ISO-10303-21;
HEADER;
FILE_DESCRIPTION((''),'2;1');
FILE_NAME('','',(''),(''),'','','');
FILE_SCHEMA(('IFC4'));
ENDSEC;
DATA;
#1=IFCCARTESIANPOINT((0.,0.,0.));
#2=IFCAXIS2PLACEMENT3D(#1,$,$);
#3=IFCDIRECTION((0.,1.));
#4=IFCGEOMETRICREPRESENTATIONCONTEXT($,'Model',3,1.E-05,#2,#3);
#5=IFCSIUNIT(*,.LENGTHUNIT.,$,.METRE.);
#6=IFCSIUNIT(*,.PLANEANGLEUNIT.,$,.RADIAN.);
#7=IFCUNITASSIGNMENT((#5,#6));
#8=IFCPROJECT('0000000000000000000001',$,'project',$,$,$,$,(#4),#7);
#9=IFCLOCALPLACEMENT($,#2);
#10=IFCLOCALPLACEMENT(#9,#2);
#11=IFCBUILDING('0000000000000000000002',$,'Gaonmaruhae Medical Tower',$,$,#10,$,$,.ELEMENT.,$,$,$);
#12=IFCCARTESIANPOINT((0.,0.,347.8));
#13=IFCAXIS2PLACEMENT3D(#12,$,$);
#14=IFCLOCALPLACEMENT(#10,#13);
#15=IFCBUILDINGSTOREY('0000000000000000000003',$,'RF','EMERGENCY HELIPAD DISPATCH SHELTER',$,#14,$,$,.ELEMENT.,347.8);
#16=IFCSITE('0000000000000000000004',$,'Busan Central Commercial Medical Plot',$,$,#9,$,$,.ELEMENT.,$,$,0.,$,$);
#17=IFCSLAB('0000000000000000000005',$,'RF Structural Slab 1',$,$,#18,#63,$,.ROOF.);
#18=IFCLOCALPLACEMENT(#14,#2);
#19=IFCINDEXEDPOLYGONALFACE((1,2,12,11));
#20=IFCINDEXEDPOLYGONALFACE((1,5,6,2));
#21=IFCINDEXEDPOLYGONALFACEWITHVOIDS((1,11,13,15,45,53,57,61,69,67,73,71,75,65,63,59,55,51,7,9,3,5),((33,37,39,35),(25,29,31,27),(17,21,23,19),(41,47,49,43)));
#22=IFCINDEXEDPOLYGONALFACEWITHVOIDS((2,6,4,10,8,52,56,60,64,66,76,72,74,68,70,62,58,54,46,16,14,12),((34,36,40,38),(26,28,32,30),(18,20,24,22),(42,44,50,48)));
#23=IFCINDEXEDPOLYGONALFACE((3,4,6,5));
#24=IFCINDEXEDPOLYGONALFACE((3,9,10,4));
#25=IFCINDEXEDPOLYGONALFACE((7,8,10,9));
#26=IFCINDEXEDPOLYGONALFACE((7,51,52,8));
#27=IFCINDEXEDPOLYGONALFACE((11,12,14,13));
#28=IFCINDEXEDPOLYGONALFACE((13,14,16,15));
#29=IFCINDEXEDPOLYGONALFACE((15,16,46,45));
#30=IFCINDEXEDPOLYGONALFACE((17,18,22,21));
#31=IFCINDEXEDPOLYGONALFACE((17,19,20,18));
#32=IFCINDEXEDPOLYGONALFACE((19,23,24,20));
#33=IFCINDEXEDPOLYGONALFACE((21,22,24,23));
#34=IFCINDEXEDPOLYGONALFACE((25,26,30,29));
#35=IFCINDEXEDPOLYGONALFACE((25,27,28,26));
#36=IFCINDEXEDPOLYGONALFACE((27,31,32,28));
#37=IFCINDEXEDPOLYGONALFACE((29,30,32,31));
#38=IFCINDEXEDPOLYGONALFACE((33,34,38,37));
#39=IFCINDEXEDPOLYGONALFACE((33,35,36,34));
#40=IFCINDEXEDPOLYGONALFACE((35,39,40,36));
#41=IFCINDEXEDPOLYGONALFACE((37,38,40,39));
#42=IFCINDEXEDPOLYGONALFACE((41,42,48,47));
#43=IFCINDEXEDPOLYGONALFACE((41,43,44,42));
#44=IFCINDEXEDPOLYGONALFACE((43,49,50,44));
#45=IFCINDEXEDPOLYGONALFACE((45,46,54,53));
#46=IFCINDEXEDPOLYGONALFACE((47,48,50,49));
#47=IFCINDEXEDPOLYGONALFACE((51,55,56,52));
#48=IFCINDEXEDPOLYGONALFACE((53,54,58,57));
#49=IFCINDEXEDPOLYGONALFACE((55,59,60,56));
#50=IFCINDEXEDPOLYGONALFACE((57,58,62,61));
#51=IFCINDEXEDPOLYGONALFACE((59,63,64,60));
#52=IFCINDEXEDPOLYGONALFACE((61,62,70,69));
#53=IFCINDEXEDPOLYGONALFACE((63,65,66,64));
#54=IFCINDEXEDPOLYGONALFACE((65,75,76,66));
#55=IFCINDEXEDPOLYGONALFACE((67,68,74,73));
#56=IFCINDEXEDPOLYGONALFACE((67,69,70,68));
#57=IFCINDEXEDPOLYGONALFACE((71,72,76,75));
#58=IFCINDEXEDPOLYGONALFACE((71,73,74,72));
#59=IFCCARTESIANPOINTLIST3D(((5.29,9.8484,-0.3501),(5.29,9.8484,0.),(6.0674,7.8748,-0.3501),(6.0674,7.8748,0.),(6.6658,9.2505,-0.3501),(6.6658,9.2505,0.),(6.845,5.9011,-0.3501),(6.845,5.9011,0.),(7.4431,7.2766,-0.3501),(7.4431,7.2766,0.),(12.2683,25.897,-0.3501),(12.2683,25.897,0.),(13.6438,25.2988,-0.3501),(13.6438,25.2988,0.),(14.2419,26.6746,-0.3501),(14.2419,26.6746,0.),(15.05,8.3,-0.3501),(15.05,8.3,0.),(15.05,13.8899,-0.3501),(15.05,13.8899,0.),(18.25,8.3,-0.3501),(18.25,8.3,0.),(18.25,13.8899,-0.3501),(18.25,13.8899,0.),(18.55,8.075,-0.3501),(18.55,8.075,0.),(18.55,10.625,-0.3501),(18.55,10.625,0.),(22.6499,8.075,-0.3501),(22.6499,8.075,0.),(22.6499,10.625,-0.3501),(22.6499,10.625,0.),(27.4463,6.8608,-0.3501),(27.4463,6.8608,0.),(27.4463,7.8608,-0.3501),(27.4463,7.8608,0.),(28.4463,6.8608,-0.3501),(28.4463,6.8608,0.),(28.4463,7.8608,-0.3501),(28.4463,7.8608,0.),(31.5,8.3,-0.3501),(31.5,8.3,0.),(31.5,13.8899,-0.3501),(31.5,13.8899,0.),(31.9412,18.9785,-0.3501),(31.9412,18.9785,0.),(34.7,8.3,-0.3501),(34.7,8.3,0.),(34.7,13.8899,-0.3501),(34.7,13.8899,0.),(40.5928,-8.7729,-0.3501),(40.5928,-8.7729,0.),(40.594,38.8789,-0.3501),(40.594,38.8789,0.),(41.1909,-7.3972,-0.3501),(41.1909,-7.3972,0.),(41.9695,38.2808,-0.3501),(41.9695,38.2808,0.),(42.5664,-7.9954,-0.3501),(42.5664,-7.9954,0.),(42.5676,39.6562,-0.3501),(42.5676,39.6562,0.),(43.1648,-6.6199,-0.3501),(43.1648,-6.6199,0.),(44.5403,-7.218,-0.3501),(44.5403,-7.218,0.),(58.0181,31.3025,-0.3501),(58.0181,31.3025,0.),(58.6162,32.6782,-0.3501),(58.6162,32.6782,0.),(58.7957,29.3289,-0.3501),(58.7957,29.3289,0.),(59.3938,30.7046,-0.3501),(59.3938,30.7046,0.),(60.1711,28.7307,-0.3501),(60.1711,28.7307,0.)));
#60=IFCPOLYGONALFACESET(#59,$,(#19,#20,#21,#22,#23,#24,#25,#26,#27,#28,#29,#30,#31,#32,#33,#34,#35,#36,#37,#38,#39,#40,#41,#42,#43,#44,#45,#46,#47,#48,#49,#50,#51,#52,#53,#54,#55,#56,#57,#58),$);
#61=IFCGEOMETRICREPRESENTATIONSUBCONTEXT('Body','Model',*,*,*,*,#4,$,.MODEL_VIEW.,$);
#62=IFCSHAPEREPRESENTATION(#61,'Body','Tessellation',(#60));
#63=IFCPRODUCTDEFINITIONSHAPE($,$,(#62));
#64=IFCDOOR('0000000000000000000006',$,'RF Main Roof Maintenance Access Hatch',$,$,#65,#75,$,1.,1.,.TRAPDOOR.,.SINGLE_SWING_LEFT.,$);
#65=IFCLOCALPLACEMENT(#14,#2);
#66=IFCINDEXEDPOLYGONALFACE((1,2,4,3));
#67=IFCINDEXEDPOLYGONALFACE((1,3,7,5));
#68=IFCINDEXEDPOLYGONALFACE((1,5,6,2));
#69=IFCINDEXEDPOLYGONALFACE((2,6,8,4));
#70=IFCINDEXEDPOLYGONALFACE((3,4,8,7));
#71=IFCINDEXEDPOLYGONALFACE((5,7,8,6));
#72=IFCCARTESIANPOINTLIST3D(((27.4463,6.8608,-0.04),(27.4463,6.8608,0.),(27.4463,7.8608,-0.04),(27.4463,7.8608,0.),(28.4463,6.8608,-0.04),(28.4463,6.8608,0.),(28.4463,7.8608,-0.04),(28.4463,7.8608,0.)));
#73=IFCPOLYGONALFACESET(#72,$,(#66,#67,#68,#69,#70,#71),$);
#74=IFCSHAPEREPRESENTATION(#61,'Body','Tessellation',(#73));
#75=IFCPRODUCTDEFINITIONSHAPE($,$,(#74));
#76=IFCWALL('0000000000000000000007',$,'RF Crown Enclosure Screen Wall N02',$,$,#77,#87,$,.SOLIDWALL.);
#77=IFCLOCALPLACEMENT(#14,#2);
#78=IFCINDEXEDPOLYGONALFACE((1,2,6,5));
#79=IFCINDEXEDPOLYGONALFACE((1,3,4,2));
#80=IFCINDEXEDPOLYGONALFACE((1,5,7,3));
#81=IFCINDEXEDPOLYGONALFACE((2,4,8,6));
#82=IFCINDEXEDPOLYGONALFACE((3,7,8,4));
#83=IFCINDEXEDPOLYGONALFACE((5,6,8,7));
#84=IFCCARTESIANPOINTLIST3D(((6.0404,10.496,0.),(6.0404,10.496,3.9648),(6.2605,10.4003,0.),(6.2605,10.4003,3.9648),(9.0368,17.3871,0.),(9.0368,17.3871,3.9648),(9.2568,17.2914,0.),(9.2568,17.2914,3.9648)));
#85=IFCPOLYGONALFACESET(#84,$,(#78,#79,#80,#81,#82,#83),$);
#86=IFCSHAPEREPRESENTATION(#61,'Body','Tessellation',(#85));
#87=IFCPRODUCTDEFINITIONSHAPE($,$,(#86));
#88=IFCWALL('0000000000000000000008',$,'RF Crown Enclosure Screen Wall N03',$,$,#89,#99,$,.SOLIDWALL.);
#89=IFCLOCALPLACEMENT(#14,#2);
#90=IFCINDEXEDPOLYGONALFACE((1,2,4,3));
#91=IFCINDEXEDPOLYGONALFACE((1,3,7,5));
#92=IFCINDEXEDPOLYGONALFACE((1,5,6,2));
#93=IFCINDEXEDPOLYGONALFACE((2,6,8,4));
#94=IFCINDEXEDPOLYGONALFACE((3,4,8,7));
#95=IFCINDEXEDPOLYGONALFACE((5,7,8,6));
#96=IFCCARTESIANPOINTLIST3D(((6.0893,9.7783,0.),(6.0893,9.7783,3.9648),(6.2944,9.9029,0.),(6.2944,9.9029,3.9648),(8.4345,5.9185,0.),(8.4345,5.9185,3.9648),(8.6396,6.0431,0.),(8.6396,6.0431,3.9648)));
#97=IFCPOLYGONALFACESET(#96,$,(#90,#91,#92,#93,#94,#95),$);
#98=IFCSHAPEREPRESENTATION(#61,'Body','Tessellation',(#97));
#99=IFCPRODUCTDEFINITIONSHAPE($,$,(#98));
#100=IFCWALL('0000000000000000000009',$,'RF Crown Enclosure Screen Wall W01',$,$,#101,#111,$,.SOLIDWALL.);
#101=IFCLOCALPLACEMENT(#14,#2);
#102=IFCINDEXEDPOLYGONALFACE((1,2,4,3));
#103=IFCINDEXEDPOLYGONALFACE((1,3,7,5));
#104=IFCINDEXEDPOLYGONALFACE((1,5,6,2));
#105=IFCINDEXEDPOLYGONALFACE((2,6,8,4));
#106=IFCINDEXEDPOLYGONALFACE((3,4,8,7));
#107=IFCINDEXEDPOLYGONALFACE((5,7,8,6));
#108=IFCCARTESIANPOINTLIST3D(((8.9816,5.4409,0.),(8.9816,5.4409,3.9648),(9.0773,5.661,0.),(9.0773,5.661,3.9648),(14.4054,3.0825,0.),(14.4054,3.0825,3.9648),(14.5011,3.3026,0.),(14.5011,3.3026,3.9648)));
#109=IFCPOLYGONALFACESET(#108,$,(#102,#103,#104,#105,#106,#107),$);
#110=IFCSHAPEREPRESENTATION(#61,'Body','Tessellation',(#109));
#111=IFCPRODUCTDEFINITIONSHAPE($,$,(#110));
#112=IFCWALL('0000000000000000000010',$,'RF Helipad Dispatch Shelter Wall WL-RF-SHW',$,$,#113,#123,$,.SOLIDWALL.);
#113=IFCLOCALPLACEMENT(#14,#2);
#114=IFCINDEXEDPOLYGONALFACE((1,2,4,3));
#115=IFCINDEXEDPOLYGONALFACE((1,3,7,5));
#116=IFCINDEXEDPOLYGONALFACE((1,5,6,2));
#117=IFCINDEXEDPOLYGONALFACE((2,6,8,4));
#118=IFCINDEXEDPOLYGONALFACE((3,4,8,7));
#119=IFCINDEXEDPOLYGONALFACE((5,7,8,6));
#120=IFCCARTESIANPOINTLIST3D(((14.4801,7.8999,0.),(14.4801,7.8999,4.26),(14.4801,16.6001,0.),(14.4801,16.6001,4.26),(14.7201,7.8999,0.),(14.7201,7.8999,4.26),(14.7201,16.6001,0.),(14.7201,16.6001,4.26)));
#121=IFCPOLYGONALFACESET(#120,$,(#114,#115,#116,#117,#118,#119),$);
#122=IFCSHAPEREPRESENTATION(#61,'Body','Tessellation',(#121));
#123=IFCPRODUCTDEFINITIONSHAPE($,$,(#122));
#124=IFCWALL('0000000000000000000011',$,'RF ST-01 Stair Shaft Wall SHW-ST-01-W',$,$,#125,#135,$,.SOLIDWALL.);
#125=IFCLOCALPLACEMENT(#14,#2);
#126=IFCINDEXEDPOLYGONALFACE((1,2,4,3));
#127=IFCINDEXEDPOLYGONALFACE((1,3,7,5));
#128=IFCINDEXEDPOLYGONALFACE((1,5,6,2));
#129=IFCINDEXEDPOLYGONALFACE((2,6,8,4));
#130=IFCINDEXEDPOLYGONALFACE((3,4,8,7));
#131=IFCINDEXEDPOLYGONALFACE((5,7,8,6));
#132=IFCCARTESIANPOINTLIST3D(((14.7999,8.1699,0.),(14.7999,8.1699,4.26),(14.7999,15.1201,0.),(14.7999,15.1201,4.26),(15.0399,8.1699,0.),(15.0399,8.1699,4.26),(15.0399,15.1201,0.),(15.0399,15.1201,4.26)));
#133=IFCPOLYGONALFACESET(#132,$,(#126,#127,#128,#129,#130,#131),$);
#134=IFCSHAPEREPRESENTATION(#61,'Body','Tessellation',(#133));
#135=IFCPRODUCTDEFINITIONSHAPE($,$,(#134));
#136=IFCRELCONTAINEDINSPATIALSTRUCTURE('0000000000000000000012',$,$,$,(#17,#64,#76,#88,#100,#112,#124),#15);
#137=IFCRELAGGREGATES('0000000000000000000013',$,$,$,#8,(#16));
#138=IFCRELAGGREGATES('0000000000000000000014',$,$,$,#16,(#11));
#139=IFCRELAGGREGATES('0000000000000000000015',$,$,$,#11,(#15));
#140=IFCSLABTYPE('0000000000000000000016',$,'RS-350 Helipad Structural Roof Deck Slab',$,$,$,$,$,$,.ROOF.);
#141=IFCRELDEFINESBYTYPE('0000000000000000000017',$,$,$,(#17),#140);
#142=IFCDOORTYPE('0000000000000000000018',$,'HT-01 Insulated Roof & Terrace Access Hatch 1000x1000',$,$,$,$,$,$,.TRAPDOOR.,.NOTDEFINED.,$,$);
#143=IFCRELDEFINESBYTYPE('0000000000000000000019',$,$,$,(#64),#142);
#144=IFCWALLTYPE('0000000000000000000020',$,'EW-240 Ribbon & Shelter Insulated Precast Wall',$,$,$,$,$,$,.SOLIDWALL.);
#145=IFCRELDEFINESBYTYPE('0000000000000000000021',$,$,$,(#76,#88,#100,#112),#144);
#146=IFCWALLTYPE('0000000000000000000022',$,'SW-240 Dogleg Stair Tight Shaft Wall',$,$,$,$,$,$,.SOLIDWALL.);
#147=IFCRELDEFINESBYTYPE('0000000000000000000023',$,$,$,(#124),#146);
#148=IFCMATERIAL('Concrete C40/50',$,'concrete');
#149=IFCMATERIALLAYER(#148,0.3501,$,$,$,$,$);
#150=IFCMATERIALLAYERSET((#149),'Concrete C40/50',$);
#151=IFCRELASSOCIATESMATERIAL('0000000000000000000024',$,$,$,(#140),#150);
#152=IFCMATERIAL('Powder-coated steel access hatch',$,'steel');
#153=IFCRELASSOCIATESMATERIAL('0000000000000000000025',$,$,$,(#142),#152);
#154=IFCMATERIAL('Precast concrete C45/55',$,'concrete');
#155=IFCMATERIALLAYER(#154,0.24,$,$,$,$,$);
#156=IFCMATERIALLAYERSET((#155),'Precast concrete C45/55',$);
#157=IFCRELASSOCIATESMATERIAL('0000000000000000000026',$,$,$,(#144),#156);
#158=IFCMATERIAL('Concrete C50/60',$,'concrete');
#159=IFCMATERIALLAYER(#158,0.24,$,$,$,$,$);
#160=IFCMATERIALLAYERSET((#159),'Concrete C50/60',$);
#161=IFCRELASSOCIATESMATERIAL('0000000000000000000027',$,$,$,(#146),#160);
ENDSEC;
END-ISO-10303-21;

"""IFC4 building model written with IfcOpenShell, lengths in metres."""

from ifc_helpers import new_model, si_unit, direction, frame, frame_2d, origin, origin_2d, place, context, subcontext, project, spatial, polyline, rectangle, outline, extrude, material, layer, layer_set, type_object, element, fill, save


model = new_model("IFC4")

# Units and contexts
model_context = context("Model", 3, precision=1e-05, world=origin(), true_north=direction((0.0, 1.0)))
body_context = subcontext(model_context, "Body", "Model", "MODEL_VIEW")
ifc_project = project(units=[si_unit("LENGTHUNIT", "METRE"), si_unit("PLANEANGLEUNIT", "RADIAN")], contexts=[model_context])

# Site, building, storey
site_placement = place(None, origin())
site = spatial("IfcSite", under=ifc_project, at=site_placement, Name="Busan Central Commercial Medical Plot", CompositionType="ELEMENT", RefElevation=0.0)
building_placement = place(site_placement, origin())
building = spatial("IfcBuilding", under=site, at=building_placement, Name="Gaonmaruhae Medical Tower", CompositionType="ELEMENT")
storey_placement = place(building_placement, frame((0.0, 0.0, 347.8)))
storey = spatial("IfcBuildingStorey", under=building, at=storey_placement, Name="RF", Description="EMERGENCY HELIPAD DISPATCH SHELTER", CompositionType="ELEMENT", Elevation=347.8)

# Shared definitions
ifc_material_1 = material(Name="Concrete C50/60", Category="concrete")

# Slab, opening, door
ifc_material_2 = material(Name="Concrete C40/50", Category="concrete")
ifc_layer_1 = layer(ifc_material_2, 0.3501)
ifc_layer_set_1 = layer_set([ifc_layer_1], Name="Concrete C40/50")
slab_type = type_object("IfcSlabType", Name="RS-350 Helipad Structural Roof Deck Slab", PredefinedType="ROOF", material=ifc_layer_set_1)
slab_placement = place(storey_placement, frame((0.0, 0.0, -0.3501)))
slab = element("IfcSlab", 1, at=slab_placement, inside=storey, type_object=slab_type, Name="RF Structural Slab 1", PredefinedType="ROOF", context=body_context, shape_type="SweptSolid", body=[
    extrude(outline(polyline([(44.5403, -7.218), (60.1711, 28.7307), (58.7957, 29.3289), (59.3938, 30.7046), (58.0181, 31.3025), (58.6162, 32.6782), (42.5676, 39.6562), (41.9695, 38.2808), (40.594, 38.8789), (31.9412, 18.9785), (14.2419, 26.6746), (13.6438, 25.2988), (12.2683, 25.897), (5.29, 9.8484), (6.6658, 9.2505), (6.0674, 7.8748), (7.4431, 7.2766), (6.845, 5.9011), (40.5928, -8.7729), (41.1909, -7.3972), (42.5664, -7.9954), (43.1648, -6.6199), (44.5403, -7.218)]), holes=[polyline([(22.6499, 10.625), (22.6499, 8.075), (18.55, 8.075), (18.55, 10.625), (22.6499, 10.625)]), polyline([(15.05, 8.3), (15.05, 13.8899), (18.25, 13.8899), (18.25, 8.3), (15.05, 8.3)]), polyline([(31.5, 8.3), (31.5, 13.8899), (34.7, 13.8899), (34.7, 8.3), (31.5, 8.3)])]), origin(), (0.0, 0.0, 1.0), 0.3501),
])
opening_placement = place(slab_placement, frame((27.9463, 7.3608, 0.0)))
opening = element("IfcOpeningElement", 2, at=opening_placement, cuts=slab, PredefinedType="OPENING", context=body_context, shape_type="SweptSolid", body=[
    extrude(rectangle(XDim=1.0, YDim=1.0, at=origin_2d()), frame((0.0, 0.0, -0.01)), (0.0, 0.0, 1.0), 0.3701),
])
ifc_material_3 = material(Name="Powder-coated steel access hatch", Category="steel")
door_type = type_object("IfcDoorType", Name="HT-01 Insulated Roof & Terrace Access Hatch 1000x1000", OperationType="NOTDEFINED", PredefinedType="TRAPDOOR", material=ifc_material_3)
door_placement = place(opening_placement, frame((0.0, 0.0, 0.3101)))
door = element("IfcDoor", 3, at=door_placement, inside=storey, type_object=door_type, Name="RF Main Roof Maintenance Access Hatch", OperationType="SINGLE_SWING_LEFT", OverallHeight=1.0, OverallWidth=1.0, PredefinedType="TRAPDOOR", context=body_context, shape_type="SweptSolid", body=[
    extrude(rectangle(XDim=1.0, YDim=1.0, at=origin_2d()), origin(), (0.0, 0.0, 1.0), 0.04),
])
fill(opening, door)

# Walls
ifc_material_4 = material(Name="Precast concrete C45/55", Category="concrete")
ifc_layer_2 = layer(ifc_material_4, 0.24)
ifc_layer_set_2 = layer_set([ifc_layer_2], Name="Precast concrete C45/55")
wall_type_1 = type_object("IfcWallType", Name="EW-240 Ribbon & Shelter Insulated Precast Wall", PredefinedType="SOLIDWALL", material=ifc_layer_set_2)
wall_1_placement = place(storey_placement, frame((6.1504, 10.448, 0.0), z_axis=(0.0, 0.0, 1.0), x_axis=(0.398749, 0.91706, 0.0)))
element("IfcWall", 4, at=wall_1_placement, inside=storey, type_object=wall_type_1, Name="RF Crown Enclosure Screen Wall N02", PredefinedType="SOLIDWALL", context=body_context, shape_type="SweptSolid", body=[
    extrude(rectangle(XDim=7.5144, YDim=0.24, at=frame_2d((3.7573, 0.0))), origin(), (0.0, 0.0, 1.0), 3.9648),
])
wall_2_placement = place(storey_placement, frame((8.5371, 5.9807, 0.0), z_axis=(0.0, 0.0, 1.0), x_axis=(-0.519257, 0.854618, 0.0)))
element("IfcWall", 5, at=wall_2_placement, inside=storey, type_object=wall_type_1, Name="RF Crown Enclosure Screen Wall N03", PredefinedType="SOLIDWALL", context=body_context, shape_type="SweptSolid", body=[
    extrude(rectangle(XDim=4.5164, YDim=0.24, at=frame_2d((2.2583, 0.0))), origin(), (0.0, 0.0, 1.0), 3.9648),
])
wall_3_placement = place(storey_placement, frame((14.4531, 3.1926, 0.0), z_axis=(0.0, 0.0, 1.0), x_axis=(-0.917057, 0.398756, 0.0)))
element("IfcWall", 6, at=wall_3_placement, inside=storey, type_object=wall_type_1, Name="RF Crown Enclosure Screen Wall W01", PredefinedType="SOLIDWALL", context=body_context, shape_type="SweptSolid", body=[
    extrude(rectangle(XDim=5.9143, YDim=0.24, at=frame_2d((2.957, 0.0))), origin(), (0.0, 0.0, 1.0), 3.9648),
])
wall_4_placement = place(storey_placement, frame((14.6001, 7.8999, 0.0), z_axis=(0.0, 0.0, 1.0), x_axis=(0.0, 1.0, 0.0)))
element("IfcWall", 7, at=wall_4_placement, inside=storey, type_object=wall_type_1, Name="RF Helipad Dispatch Shelter Wall WL-RF-SHW", PredefinedType="SOLIDWALL", context=body_context, shape_type="SweptSolid", body=[
    extrude(rectangle(XDim=8.7002, YDim=0.24, at=frame_2d((4.3501, 0.0))), origin(), (0.0, 0.0, 1.0), 4.26),
])
ifc_layer_3 = layer(ifc_material_1, 0.24)
ifc_layer_set_3 = layer_set([ifc_layer_3], Name="Concrete C50/60")
wall_type_2 = type_object("IfcWallType", Name="SW-240 Dogleg Stair Tight Shaft Wall", PredefinedType="SOLIDWALL", material=ifc_layer_set_3)
wall_5_placement = place(storey_placement, frame((14.9199, 8.1699, 0.0), z_axis=(0.0, 0.0, 1.0), x_axis=(0.0, 1.0, 0.0)))
element("IfcWall", 8, at=wall_5_placement, inside=storey, type_object=wall_type_2, Name="RF ST-01 Stair Shaft Wall SHW-ST-01-W", PredefinedType="SOLIDWALL", context=body_context, shape_type="SweptSolid", body=[
    extrude(rectangle(XDim=6.9502, YDim=0.24, at=frame_2d((3.4751, 0.0))), origin(), (0.0, 0.0, 1.0), 4.26),
])

save(model, "model.ifc")
